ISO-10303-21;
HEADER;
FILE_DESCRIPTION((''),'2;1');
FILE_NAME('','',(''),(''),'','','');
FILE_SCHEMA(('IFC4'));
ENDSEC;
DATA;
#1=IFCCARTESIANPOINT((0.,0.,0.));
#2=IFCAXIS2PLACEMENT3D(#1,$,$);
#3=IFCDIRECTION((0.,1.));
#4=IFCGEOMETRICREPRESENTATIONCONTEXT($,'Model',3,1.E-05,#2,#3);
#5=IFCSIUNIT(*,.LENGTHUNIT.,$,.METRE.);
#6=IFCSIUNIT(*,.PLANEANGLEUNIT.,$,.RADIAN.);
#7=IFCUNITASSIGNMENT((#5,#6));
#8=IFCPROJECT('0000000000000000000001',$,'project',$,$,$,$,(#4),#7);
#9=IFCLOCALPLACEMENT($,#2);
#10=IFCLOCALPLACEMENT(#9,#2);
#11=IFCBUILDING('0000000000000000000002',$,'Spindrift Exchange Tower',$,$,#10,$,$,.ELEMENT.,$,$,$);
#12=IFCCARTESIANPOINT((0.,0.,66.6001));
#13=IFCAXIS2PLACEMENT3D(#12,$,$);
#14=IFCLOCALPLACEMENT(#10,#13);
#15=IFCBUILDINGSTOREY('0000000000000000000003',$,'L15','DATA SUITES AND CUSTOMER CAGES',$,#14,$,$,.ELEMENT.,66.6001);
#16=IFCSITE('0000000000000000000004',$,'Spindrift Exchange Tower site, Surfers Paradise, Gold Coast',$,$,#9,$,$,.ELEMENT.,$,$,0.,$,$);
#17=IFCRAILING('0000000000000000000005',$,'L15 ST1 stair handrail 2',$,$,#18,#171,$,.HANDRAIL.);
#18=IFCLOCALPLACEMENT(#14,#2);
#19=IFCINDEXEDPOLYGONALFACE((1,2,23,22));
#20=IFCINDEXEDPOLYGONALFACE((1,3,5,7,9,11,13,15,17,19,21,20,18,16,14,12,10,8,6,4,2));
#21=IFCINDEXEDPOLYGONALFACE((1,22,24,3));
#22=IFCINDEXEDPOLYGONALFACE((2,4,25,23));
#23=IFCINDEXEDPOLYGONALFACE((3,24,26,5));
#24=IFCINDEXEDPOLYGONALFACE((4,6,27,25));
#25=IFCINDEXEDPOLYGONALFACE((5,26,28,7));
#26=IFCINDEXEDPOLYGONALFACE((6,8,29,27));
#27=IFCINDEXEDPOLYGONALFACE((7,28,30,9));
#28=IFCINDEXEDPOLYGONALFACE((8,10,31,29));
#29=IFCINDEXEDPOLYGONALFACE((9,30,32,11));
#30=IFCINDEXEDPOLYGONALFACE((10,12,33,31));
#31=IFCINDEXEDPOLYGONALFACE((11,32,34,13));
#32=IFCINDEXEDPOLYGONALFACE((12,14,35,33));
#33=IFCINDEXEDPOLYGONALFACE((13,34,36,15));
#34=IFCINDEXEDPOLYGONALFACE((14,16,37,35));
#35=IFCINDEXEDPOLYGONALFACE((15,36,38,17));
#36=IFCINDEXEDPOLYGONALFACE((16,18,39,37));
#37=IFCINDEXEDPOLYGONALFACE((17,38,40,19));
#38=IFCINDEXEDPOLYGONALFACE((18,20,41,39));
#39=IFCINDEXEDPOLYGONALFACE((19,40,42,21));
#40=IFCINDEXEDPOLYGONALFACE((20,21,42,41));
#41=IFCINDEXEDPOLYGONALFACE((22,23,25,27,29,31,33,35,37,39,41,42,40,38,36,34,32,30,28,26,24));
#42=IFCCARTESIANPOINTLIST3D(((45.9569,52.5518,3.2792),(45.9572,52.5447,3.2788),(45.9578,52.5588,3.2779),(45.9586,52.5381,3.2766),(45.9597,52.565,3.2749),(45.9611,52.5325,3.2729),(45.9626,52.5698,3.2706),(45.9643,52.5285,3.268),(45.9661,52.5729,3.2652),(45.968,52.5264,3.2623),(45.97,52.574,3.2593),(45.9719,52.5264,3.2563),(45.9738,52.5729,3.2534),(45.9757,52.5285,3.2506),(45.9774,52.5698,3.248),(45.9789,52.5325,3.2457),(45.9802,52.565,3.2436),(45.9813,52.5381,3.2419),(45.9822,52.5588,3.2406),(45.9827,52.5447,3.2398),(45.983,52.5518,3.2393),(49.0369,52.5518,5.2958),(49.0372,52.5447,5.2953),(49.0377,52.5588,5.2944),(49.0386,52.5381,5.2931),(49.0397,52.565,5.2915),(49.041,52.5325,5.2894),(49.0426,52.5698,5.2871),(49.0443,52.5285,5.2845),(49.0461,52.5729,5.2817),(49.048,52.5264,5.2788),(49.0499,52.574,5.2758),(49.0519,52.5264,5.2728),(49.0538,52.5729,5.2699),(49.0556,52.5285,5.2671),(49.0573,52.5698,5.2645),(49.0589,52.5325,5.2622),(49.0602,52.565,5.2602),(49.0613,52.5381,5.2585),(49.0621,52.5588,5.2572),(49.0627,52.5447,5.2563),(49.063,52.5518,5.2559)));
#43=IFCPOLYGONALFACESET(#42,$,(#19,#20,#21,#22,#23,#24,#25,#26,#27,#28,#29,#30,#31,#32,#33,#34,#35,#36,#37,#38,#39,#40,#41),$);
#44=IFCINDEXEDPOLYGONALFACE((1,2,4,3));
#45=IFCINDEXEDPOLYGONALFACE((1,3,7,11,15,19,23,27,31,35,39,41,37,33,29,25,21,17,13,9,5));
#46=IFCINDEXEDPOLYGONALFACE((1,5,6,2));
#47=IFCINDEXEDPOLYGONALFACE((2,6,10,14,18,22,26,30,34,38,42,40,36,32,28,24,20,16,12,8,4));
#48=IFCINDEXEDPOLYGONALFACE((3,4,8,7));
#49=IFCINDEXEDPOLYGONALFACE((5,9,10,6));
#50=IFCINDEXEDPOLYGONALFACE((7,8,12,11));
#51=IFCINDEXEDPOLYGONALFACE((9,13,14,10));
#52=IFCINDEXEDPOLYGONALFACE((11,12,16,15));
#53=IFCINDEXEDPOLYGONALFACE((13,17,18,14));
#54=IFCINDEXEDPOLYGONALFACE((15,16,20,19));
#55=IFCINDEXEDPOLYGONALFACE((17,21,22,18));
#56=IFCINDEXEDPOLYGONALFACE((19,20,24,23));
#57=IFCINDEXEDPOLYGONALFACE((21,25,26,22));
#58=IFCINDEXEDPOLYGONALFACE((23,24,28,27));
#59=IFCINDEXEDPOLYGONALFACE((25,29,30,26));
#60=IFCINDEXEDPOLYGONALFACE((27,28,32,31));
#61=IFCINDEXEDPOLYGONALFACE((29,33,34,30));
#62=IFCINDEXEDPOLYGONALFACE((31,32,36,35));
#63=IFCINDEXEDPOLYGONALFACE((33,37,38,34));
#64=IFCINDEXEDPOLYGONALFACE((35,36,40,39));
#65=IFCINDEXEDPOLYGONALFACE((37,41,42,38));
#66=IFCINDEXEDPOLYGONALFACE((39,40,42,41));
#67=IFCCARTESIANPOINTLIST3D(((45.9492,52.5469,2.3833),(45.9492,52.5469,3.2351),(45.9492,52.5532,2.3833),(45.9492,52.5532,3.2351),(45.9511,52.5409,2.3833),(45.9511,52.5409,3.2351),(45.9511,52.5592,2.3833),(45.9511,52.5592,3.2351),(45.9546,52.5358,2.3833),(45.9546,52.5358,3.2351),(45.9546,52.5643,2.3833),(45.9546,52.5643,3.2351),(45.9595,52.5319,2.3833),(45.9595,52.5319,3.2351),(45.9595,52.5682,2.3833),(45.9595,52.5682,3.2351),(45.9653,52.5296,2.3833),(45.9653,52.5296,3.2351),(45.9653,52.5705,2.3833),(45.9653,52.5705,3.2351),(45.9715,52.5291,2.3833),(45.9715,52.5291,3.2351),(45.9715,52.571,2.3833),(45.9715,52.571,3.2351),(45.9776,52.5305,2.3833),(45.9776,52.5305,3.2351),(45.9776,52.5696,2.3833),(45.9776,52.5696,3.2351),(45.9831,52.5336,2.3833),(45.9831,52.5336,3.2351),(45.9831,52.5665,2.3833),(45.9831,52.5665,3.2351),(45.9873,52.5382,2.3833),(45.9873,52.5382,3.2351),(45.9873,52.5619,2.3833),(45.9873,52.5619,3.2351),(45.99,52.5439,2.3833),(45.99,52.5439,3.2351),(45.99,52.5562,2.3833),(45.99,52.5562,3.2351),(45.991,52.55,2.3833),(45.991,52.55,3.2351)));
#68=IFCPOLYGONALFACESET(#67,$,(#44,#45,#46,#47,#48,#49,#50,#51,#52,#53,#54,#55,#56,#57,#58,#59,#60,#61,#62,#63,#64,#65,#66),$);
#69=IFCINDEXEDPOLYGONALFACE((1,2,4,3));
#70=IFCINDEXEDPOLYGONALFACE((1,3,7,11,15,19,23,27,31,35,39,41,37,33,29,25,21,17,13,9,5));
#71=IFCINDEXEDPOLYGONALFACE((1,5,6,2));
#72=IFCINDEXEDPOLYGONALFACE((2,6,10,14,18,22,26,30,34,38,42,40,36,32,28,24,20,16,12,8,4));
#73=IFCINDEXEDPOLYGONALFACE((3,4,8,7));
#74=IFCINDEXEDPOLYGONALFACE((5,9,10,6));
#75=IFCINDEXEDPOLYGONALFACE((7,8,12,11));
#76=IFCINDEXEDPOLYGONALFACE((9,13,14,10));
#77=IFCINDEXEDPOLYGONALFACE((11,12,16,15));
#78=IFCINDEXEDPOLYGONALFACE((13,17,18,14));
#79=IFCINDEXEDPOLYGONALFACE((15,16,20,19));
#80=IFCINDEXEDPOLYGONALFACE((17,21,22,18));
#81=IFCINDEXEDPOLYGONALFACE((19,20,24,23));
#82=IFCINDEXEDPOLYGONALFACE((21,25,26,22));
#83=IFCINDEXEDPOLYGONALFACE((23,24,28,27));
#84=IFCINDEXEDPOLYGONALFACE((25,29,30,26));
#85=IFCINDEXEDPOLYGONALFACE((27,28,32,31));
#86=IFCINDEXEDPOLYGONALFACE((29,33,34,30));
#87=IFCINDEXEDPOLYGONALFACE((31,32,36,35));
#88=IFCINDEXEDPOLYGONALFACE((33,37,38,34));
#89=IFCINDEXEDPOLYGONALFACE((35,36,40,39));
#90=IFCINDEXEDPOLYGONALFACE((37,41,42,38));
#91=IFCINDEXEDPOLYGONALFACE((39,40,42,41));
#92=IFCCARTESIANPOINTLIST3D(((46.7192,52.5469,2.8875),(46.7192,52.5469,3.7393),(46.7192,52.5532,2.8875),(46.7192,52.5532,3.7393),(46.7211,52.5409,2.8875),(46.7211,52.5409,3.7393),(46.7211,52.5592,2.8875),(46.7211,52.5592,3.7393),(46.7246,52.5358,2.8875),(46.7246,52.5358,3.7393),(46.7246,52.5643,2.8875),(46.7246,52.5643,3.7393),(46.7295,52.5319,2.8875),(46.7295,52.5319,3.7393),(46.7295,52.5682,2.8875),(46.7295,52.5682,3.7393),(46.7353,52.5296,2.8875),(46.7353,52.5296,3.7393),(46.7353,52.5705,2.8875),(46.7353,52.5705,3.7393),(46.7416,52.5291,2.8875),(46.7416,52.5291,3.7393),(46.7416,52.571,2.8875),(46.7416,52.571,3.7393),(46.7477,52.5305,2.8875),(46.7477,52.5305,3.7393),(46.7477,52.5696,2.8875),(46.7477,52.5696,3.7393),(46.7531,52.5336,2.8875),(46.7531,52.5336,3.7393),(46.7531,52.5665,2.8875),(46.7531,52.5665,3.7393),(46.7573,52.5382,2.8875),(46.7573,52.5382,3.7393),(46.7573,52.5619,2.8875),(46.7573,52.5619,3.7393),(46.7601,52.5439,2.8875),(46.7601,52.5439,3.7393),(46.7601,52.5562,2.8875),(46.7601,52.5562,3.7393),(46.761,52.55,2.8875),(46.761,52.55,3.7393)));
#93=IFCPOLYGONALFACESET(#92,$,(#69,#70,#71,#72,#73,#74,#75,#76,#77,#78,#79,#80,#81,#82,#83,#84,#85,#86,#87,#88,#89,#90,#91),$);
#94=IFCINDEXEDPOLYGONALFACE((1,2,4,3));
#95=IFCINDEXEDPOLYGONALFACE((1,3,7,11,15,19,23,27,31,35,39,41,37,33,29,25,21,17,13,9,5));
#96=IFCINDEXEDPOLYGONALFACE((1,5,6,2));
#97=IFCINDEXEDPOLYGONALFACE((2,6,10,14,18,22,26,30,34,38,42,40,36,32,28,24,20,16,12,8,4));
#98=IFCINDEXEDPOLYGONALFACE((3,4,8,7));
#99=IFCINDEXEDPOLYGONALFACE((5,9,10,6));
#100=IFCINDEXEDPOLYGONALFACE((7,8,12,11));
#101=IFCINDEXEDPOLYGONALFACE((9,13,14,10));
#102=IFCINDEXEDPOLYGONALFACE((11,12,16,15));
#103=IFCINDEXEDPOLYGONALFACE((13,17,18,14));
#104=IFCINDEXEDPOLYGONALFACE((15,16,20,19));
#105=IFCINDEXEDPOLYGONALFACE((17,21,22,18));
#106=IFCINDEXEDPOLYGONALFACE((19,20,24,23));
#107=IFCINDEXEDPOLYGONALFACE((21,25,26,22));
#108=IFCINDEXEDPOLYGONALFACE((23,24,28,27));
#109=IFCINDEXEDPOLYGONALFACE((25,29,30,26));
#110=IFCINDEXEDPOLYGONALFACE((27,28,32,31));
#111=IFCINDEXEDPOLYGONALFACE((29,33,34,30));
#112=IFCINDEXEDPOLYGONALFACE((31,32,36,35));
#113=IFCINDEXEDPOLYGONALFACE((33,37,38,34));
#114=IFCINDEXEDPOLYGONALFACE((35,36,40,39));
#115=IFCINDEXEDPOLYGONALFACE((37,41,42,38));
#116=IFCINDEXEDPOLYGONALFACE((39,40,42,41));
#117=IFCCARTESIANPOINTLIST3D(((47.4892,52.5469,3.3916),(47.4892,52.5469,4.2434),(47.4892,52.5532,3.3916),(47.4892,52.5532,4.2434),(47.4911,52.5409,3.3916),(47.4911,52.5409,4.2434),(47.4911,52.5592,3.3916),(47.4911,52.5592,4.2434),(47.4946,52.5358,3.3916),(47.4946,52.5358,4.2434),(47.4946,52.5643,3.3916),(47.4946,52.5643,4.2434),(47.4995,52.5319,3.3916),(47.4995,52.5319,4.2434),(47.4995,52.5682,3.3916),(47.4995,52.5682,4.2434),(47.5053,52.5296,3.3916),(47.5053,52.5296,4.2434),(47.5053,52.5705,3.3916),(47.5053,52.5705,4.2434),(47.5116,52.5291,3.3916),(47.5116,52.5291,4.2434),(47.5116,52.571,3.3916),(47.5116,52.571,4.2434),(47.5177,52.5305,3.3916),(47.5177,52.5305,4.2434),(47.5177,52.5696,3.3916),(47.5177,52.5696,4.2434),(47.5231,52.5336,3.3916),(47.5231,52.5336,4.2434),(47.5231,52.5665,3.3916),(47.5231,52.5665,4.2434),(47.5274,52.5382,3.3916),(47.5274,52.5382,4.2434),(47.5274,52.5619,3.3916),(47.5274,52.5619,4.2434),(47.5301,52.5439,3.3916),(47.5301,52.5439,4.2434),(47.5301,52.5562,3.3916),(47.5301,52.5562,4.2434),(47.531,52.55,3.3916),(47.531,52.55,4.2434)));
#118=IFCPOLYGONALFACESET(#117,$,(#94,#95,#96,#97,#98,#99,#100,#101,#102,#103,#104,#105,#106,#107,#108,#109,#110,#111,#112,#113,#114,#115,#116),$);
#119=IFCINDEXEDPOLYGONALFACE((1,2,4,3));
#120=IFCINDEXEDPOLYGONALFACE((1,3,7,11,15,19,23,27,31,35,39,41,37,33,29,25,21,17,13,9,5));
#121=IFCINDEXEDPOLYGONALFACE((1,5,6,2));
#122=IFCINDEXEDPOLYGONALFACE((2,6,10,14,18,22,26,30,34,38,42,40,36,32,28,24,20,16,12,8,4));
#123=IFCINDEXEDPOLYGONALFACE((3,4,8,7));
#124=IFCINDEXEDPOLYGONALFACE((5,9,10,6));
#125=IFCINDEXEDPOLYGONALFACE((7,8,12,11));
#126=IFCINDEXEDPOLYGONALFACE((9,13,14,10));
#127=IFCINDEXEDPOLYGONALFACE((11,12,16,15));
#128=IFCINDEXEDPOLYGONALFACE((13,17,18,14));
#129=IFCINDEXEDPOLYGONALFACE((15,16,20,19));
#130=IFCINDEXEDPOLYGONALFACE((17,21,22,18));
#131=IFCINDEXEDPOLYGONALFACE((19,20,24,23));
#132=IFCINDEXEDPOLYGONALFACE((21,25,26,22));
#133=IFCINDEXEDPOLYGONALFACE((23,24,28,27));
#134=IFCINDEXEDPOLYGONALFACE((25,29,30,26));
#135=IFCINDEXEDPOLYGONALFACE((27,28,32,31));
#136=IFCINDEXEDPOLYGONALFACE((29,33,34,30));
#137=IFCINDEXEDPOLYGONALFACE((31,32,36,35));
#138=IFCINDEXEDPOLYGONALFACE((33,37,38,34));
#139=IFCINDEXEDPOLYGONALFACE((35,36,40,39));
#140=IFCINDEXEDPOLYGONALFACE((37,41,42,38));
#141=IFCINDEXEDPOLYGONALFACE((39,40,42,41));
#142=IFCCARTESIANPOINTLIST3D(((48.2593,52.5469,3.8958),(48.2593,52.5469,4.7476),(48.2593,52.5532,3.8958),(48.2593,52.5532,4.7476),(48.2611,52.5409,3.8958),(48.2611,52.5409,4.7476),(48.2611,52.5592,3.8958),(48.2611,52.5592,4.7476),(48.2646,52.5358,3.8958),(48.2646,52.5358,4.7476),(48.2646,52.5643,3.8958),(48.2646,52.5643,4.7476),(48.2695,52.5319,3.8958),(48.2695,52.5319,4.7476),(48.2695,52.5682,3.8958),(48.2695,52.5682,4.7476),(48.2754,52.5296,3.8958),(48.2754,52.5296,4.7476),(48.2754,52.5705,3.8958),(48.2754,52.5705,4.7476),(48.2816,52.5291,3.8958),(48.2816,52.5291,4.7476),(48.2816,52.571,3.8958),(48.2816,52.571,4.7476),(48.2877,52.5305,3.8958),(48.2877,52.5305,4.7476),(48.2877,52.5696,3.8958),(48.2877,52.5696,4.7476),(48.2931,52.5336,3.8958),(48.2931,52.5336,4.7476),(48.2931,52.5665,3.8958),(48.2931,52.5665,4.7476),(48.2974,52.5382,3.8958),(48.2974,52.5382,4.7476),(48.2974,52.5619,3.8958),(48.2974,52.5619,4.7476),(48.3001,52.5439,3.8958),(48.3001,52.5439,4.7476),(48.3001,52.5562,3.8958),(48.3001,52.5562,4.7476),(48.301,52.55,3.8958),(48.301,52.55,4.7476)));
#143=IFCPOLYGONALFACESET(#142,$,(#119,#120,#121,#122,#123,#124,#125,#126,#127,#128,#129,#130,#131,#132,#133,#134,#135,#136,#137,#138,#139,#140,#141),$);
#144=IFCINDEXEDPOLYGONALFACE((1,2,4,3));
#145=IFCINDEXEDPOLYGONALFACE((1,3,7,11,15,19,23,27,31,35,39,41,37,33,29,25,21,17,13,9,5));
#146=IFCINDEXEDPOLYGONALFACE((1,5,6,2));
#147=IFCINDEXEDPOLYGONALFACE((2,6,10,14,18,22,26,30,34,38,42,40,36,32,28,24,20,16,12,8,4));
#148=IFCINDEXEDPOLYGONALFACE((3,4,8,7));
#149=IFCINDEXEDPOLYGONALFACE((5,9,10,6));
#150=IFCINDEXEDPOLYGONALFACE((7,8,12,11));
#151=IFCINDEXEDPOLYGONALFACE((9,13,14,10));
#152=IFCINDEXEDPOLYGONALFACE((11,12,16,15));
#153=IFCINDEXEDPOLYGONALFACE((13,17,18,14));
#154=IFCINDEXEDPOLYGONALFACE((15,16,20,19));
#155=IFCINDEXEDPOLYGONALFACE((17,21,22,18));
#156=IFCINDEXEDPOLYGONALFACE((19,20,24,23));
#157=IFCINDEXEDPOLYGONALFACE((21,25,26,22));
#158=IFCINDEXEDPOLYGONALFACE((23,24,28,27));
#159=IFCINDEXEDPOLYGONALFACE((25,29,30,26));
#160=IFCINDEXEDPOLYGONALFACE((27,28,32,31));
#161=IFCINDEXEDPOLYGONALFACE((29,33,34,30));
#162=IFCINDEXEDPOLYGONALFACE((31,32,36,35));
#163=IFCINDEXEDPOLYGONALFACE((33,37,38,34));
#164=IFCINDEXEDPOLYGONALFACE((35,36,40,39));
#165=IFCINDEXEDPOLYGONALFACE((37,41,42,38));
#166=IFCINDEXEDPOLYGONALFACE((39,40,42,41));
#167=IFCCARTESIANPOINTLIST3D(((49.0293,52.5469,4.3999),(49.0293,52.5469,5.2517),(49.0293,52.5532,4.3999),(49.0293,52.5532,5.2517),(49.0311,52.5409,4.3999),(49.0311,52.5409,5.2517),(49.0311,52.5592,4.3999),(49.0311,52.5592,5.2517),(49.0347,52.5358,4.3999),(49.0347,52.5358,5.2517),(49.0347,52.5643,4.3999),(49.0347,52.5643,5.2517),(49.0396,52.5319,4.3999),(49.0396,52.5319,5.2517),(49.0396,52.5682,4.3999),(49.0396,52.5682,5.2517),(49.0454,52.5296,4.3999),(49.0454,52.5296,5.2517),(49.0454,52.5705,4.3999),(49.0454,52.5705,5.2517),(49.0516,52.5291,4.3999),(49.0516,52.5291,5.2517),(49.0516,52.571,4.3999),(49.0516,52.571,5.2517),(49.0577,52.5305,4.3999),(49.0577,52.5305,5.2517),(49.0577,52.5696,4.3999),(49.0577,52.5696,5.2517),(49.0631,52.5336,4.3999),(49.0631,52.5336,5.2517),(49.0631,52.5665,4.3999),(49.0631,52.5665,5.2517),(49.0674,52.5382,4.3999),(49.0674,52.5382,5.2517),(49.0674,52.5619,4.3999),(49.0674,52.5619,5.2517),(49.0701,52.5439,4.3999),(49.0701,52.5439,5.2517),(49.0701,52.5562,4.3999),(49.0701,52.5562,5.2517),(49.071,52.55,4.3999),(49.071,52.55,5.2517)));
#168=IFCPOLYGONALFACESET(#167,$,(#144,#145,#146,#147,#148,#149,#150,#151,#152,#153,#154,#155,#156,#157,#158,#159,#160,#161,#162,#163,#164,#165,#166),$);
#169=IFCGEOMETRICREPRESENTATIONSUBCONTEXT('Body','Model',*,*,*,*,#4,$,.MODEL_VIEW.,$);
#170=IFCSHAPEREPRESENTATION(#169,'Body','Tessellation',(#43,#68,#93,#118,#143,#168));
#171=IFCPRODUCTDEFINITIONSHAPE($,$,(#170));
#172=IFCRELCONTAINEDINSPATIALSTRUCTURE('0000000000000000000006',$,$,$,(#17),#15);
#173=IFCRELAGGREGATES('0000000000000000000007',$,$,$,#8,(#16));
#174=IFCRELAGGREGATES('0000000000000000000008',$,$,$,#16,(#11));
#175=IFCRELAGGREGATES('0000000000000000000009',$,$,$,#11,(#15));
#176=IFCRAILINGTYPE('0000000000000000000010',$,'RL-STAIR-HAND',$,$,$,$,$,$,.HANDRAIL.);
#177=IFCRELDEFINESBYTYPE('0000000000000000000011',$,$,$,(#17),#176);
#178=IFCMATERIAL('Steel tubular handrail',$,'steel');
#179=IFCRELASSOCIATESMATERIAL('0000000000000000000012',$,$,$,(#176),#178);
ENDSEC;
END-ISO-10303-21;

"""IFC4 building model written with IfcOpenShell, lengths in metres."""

from ifc_helpers import new_model, si_unit, direction, frame, origin, origin_2d, place, context, subcontext, project, spatial, circle, extrude, material, type_object, element, save


model = new_model("IFC4")

# Units and contexts
model_context = context("Model", 3, precision=1e-05, world=origin(), true_north=direction((0.0, 1.0)))
body_context = subcontext(model_context, "Body", "Model", "MODEL_VIEW")
ifc_project = project(units=[si_unit("LENGTHUNIT", "METRE"), si_unit("PLANEANGLEUNIT", "RADIAN")], contexts=[model_context])

# Site, building, storey
site_placement = place(None, origin())
site = spatial("IfcSite", under=ifc_project, at=site_placement, Name="Spindrift Exchange Tower site, Surfers Paradise, Gold Coast", CompositionType="ELEMENT", RefElevation=0.0)
building_placement = place(site_placement, origin())
building = spatial("IfcBuilding", under=site, at=building_placement, Name="Spindrift Exchange Tower", CompositionType="ELEMENT")
storey_placement = place(building_placement, frame((0.0, 0.0, 66.6001)))
storey = spatial("IfcBuildingStorey", under=building, at=storey_placement, Name="L15", Description="DATA SUITES AND CUSTOMER CAGES", CompositionType="ELEMENT", Elevation=66.6001)

# Railing
ifc_material_1 = material(Name="Steel tubular handrail", Category="steel")
railing_type = type_object("IfcRailingType", Name="RL-STAIR-HAND", PredefinedType="HANDRAIL", material=ifc_material_1)
railing_placement = place(storey_placement, frame((45.97, 52.55, 2.3833)))
element("IfcRailing", 1, at=railing_placement, inside=storey, type_object=railing_type, Name="L15 ST1 stair handrail 2", PredefinedType="HANDRAIL", context=body_context, shape_type="SweptSolid", body=[
    extrude(circle(Radius=0.0239, at=origin_2d()), frame((0.0, 0.0, 0.876), z_axis=(0.836633, 0.0, 0.547764), x_axis=(0.0, 1.0, 0.0)), (0.0, 0.0, 1.0), 3.6814),
    extrude(circle(Radius=0.021, at=origin_2d()), origin(), (0.0, 0.0, 1.0), 0.8518),
    extrude(circle(Radius=0.021, at=origin_2d()), frame((0.77, 0.0, 0.5042)), (0.0, 0.0, 1.0), 0.8518),
    extrude(circle(Radius=0.021, at=origin_2d()), frame((1.54, 0.0, 1.0083)), (0.0, 0.0, 1.0), 0.8518),
    extrude(circle(Radius=0.021, at=origin_2d()), frame((2.3101, 0.0, 1.5125)), (0.0, 0.0, 1.0), 0.8518),
    extrude(circle(Radius=0.021, at=origin_2d()), frame((3.0801, 0.0, 2.0166)), (0.0, 0.0, 1.0), 0.8518),
])

save(model, "model.ifc")
